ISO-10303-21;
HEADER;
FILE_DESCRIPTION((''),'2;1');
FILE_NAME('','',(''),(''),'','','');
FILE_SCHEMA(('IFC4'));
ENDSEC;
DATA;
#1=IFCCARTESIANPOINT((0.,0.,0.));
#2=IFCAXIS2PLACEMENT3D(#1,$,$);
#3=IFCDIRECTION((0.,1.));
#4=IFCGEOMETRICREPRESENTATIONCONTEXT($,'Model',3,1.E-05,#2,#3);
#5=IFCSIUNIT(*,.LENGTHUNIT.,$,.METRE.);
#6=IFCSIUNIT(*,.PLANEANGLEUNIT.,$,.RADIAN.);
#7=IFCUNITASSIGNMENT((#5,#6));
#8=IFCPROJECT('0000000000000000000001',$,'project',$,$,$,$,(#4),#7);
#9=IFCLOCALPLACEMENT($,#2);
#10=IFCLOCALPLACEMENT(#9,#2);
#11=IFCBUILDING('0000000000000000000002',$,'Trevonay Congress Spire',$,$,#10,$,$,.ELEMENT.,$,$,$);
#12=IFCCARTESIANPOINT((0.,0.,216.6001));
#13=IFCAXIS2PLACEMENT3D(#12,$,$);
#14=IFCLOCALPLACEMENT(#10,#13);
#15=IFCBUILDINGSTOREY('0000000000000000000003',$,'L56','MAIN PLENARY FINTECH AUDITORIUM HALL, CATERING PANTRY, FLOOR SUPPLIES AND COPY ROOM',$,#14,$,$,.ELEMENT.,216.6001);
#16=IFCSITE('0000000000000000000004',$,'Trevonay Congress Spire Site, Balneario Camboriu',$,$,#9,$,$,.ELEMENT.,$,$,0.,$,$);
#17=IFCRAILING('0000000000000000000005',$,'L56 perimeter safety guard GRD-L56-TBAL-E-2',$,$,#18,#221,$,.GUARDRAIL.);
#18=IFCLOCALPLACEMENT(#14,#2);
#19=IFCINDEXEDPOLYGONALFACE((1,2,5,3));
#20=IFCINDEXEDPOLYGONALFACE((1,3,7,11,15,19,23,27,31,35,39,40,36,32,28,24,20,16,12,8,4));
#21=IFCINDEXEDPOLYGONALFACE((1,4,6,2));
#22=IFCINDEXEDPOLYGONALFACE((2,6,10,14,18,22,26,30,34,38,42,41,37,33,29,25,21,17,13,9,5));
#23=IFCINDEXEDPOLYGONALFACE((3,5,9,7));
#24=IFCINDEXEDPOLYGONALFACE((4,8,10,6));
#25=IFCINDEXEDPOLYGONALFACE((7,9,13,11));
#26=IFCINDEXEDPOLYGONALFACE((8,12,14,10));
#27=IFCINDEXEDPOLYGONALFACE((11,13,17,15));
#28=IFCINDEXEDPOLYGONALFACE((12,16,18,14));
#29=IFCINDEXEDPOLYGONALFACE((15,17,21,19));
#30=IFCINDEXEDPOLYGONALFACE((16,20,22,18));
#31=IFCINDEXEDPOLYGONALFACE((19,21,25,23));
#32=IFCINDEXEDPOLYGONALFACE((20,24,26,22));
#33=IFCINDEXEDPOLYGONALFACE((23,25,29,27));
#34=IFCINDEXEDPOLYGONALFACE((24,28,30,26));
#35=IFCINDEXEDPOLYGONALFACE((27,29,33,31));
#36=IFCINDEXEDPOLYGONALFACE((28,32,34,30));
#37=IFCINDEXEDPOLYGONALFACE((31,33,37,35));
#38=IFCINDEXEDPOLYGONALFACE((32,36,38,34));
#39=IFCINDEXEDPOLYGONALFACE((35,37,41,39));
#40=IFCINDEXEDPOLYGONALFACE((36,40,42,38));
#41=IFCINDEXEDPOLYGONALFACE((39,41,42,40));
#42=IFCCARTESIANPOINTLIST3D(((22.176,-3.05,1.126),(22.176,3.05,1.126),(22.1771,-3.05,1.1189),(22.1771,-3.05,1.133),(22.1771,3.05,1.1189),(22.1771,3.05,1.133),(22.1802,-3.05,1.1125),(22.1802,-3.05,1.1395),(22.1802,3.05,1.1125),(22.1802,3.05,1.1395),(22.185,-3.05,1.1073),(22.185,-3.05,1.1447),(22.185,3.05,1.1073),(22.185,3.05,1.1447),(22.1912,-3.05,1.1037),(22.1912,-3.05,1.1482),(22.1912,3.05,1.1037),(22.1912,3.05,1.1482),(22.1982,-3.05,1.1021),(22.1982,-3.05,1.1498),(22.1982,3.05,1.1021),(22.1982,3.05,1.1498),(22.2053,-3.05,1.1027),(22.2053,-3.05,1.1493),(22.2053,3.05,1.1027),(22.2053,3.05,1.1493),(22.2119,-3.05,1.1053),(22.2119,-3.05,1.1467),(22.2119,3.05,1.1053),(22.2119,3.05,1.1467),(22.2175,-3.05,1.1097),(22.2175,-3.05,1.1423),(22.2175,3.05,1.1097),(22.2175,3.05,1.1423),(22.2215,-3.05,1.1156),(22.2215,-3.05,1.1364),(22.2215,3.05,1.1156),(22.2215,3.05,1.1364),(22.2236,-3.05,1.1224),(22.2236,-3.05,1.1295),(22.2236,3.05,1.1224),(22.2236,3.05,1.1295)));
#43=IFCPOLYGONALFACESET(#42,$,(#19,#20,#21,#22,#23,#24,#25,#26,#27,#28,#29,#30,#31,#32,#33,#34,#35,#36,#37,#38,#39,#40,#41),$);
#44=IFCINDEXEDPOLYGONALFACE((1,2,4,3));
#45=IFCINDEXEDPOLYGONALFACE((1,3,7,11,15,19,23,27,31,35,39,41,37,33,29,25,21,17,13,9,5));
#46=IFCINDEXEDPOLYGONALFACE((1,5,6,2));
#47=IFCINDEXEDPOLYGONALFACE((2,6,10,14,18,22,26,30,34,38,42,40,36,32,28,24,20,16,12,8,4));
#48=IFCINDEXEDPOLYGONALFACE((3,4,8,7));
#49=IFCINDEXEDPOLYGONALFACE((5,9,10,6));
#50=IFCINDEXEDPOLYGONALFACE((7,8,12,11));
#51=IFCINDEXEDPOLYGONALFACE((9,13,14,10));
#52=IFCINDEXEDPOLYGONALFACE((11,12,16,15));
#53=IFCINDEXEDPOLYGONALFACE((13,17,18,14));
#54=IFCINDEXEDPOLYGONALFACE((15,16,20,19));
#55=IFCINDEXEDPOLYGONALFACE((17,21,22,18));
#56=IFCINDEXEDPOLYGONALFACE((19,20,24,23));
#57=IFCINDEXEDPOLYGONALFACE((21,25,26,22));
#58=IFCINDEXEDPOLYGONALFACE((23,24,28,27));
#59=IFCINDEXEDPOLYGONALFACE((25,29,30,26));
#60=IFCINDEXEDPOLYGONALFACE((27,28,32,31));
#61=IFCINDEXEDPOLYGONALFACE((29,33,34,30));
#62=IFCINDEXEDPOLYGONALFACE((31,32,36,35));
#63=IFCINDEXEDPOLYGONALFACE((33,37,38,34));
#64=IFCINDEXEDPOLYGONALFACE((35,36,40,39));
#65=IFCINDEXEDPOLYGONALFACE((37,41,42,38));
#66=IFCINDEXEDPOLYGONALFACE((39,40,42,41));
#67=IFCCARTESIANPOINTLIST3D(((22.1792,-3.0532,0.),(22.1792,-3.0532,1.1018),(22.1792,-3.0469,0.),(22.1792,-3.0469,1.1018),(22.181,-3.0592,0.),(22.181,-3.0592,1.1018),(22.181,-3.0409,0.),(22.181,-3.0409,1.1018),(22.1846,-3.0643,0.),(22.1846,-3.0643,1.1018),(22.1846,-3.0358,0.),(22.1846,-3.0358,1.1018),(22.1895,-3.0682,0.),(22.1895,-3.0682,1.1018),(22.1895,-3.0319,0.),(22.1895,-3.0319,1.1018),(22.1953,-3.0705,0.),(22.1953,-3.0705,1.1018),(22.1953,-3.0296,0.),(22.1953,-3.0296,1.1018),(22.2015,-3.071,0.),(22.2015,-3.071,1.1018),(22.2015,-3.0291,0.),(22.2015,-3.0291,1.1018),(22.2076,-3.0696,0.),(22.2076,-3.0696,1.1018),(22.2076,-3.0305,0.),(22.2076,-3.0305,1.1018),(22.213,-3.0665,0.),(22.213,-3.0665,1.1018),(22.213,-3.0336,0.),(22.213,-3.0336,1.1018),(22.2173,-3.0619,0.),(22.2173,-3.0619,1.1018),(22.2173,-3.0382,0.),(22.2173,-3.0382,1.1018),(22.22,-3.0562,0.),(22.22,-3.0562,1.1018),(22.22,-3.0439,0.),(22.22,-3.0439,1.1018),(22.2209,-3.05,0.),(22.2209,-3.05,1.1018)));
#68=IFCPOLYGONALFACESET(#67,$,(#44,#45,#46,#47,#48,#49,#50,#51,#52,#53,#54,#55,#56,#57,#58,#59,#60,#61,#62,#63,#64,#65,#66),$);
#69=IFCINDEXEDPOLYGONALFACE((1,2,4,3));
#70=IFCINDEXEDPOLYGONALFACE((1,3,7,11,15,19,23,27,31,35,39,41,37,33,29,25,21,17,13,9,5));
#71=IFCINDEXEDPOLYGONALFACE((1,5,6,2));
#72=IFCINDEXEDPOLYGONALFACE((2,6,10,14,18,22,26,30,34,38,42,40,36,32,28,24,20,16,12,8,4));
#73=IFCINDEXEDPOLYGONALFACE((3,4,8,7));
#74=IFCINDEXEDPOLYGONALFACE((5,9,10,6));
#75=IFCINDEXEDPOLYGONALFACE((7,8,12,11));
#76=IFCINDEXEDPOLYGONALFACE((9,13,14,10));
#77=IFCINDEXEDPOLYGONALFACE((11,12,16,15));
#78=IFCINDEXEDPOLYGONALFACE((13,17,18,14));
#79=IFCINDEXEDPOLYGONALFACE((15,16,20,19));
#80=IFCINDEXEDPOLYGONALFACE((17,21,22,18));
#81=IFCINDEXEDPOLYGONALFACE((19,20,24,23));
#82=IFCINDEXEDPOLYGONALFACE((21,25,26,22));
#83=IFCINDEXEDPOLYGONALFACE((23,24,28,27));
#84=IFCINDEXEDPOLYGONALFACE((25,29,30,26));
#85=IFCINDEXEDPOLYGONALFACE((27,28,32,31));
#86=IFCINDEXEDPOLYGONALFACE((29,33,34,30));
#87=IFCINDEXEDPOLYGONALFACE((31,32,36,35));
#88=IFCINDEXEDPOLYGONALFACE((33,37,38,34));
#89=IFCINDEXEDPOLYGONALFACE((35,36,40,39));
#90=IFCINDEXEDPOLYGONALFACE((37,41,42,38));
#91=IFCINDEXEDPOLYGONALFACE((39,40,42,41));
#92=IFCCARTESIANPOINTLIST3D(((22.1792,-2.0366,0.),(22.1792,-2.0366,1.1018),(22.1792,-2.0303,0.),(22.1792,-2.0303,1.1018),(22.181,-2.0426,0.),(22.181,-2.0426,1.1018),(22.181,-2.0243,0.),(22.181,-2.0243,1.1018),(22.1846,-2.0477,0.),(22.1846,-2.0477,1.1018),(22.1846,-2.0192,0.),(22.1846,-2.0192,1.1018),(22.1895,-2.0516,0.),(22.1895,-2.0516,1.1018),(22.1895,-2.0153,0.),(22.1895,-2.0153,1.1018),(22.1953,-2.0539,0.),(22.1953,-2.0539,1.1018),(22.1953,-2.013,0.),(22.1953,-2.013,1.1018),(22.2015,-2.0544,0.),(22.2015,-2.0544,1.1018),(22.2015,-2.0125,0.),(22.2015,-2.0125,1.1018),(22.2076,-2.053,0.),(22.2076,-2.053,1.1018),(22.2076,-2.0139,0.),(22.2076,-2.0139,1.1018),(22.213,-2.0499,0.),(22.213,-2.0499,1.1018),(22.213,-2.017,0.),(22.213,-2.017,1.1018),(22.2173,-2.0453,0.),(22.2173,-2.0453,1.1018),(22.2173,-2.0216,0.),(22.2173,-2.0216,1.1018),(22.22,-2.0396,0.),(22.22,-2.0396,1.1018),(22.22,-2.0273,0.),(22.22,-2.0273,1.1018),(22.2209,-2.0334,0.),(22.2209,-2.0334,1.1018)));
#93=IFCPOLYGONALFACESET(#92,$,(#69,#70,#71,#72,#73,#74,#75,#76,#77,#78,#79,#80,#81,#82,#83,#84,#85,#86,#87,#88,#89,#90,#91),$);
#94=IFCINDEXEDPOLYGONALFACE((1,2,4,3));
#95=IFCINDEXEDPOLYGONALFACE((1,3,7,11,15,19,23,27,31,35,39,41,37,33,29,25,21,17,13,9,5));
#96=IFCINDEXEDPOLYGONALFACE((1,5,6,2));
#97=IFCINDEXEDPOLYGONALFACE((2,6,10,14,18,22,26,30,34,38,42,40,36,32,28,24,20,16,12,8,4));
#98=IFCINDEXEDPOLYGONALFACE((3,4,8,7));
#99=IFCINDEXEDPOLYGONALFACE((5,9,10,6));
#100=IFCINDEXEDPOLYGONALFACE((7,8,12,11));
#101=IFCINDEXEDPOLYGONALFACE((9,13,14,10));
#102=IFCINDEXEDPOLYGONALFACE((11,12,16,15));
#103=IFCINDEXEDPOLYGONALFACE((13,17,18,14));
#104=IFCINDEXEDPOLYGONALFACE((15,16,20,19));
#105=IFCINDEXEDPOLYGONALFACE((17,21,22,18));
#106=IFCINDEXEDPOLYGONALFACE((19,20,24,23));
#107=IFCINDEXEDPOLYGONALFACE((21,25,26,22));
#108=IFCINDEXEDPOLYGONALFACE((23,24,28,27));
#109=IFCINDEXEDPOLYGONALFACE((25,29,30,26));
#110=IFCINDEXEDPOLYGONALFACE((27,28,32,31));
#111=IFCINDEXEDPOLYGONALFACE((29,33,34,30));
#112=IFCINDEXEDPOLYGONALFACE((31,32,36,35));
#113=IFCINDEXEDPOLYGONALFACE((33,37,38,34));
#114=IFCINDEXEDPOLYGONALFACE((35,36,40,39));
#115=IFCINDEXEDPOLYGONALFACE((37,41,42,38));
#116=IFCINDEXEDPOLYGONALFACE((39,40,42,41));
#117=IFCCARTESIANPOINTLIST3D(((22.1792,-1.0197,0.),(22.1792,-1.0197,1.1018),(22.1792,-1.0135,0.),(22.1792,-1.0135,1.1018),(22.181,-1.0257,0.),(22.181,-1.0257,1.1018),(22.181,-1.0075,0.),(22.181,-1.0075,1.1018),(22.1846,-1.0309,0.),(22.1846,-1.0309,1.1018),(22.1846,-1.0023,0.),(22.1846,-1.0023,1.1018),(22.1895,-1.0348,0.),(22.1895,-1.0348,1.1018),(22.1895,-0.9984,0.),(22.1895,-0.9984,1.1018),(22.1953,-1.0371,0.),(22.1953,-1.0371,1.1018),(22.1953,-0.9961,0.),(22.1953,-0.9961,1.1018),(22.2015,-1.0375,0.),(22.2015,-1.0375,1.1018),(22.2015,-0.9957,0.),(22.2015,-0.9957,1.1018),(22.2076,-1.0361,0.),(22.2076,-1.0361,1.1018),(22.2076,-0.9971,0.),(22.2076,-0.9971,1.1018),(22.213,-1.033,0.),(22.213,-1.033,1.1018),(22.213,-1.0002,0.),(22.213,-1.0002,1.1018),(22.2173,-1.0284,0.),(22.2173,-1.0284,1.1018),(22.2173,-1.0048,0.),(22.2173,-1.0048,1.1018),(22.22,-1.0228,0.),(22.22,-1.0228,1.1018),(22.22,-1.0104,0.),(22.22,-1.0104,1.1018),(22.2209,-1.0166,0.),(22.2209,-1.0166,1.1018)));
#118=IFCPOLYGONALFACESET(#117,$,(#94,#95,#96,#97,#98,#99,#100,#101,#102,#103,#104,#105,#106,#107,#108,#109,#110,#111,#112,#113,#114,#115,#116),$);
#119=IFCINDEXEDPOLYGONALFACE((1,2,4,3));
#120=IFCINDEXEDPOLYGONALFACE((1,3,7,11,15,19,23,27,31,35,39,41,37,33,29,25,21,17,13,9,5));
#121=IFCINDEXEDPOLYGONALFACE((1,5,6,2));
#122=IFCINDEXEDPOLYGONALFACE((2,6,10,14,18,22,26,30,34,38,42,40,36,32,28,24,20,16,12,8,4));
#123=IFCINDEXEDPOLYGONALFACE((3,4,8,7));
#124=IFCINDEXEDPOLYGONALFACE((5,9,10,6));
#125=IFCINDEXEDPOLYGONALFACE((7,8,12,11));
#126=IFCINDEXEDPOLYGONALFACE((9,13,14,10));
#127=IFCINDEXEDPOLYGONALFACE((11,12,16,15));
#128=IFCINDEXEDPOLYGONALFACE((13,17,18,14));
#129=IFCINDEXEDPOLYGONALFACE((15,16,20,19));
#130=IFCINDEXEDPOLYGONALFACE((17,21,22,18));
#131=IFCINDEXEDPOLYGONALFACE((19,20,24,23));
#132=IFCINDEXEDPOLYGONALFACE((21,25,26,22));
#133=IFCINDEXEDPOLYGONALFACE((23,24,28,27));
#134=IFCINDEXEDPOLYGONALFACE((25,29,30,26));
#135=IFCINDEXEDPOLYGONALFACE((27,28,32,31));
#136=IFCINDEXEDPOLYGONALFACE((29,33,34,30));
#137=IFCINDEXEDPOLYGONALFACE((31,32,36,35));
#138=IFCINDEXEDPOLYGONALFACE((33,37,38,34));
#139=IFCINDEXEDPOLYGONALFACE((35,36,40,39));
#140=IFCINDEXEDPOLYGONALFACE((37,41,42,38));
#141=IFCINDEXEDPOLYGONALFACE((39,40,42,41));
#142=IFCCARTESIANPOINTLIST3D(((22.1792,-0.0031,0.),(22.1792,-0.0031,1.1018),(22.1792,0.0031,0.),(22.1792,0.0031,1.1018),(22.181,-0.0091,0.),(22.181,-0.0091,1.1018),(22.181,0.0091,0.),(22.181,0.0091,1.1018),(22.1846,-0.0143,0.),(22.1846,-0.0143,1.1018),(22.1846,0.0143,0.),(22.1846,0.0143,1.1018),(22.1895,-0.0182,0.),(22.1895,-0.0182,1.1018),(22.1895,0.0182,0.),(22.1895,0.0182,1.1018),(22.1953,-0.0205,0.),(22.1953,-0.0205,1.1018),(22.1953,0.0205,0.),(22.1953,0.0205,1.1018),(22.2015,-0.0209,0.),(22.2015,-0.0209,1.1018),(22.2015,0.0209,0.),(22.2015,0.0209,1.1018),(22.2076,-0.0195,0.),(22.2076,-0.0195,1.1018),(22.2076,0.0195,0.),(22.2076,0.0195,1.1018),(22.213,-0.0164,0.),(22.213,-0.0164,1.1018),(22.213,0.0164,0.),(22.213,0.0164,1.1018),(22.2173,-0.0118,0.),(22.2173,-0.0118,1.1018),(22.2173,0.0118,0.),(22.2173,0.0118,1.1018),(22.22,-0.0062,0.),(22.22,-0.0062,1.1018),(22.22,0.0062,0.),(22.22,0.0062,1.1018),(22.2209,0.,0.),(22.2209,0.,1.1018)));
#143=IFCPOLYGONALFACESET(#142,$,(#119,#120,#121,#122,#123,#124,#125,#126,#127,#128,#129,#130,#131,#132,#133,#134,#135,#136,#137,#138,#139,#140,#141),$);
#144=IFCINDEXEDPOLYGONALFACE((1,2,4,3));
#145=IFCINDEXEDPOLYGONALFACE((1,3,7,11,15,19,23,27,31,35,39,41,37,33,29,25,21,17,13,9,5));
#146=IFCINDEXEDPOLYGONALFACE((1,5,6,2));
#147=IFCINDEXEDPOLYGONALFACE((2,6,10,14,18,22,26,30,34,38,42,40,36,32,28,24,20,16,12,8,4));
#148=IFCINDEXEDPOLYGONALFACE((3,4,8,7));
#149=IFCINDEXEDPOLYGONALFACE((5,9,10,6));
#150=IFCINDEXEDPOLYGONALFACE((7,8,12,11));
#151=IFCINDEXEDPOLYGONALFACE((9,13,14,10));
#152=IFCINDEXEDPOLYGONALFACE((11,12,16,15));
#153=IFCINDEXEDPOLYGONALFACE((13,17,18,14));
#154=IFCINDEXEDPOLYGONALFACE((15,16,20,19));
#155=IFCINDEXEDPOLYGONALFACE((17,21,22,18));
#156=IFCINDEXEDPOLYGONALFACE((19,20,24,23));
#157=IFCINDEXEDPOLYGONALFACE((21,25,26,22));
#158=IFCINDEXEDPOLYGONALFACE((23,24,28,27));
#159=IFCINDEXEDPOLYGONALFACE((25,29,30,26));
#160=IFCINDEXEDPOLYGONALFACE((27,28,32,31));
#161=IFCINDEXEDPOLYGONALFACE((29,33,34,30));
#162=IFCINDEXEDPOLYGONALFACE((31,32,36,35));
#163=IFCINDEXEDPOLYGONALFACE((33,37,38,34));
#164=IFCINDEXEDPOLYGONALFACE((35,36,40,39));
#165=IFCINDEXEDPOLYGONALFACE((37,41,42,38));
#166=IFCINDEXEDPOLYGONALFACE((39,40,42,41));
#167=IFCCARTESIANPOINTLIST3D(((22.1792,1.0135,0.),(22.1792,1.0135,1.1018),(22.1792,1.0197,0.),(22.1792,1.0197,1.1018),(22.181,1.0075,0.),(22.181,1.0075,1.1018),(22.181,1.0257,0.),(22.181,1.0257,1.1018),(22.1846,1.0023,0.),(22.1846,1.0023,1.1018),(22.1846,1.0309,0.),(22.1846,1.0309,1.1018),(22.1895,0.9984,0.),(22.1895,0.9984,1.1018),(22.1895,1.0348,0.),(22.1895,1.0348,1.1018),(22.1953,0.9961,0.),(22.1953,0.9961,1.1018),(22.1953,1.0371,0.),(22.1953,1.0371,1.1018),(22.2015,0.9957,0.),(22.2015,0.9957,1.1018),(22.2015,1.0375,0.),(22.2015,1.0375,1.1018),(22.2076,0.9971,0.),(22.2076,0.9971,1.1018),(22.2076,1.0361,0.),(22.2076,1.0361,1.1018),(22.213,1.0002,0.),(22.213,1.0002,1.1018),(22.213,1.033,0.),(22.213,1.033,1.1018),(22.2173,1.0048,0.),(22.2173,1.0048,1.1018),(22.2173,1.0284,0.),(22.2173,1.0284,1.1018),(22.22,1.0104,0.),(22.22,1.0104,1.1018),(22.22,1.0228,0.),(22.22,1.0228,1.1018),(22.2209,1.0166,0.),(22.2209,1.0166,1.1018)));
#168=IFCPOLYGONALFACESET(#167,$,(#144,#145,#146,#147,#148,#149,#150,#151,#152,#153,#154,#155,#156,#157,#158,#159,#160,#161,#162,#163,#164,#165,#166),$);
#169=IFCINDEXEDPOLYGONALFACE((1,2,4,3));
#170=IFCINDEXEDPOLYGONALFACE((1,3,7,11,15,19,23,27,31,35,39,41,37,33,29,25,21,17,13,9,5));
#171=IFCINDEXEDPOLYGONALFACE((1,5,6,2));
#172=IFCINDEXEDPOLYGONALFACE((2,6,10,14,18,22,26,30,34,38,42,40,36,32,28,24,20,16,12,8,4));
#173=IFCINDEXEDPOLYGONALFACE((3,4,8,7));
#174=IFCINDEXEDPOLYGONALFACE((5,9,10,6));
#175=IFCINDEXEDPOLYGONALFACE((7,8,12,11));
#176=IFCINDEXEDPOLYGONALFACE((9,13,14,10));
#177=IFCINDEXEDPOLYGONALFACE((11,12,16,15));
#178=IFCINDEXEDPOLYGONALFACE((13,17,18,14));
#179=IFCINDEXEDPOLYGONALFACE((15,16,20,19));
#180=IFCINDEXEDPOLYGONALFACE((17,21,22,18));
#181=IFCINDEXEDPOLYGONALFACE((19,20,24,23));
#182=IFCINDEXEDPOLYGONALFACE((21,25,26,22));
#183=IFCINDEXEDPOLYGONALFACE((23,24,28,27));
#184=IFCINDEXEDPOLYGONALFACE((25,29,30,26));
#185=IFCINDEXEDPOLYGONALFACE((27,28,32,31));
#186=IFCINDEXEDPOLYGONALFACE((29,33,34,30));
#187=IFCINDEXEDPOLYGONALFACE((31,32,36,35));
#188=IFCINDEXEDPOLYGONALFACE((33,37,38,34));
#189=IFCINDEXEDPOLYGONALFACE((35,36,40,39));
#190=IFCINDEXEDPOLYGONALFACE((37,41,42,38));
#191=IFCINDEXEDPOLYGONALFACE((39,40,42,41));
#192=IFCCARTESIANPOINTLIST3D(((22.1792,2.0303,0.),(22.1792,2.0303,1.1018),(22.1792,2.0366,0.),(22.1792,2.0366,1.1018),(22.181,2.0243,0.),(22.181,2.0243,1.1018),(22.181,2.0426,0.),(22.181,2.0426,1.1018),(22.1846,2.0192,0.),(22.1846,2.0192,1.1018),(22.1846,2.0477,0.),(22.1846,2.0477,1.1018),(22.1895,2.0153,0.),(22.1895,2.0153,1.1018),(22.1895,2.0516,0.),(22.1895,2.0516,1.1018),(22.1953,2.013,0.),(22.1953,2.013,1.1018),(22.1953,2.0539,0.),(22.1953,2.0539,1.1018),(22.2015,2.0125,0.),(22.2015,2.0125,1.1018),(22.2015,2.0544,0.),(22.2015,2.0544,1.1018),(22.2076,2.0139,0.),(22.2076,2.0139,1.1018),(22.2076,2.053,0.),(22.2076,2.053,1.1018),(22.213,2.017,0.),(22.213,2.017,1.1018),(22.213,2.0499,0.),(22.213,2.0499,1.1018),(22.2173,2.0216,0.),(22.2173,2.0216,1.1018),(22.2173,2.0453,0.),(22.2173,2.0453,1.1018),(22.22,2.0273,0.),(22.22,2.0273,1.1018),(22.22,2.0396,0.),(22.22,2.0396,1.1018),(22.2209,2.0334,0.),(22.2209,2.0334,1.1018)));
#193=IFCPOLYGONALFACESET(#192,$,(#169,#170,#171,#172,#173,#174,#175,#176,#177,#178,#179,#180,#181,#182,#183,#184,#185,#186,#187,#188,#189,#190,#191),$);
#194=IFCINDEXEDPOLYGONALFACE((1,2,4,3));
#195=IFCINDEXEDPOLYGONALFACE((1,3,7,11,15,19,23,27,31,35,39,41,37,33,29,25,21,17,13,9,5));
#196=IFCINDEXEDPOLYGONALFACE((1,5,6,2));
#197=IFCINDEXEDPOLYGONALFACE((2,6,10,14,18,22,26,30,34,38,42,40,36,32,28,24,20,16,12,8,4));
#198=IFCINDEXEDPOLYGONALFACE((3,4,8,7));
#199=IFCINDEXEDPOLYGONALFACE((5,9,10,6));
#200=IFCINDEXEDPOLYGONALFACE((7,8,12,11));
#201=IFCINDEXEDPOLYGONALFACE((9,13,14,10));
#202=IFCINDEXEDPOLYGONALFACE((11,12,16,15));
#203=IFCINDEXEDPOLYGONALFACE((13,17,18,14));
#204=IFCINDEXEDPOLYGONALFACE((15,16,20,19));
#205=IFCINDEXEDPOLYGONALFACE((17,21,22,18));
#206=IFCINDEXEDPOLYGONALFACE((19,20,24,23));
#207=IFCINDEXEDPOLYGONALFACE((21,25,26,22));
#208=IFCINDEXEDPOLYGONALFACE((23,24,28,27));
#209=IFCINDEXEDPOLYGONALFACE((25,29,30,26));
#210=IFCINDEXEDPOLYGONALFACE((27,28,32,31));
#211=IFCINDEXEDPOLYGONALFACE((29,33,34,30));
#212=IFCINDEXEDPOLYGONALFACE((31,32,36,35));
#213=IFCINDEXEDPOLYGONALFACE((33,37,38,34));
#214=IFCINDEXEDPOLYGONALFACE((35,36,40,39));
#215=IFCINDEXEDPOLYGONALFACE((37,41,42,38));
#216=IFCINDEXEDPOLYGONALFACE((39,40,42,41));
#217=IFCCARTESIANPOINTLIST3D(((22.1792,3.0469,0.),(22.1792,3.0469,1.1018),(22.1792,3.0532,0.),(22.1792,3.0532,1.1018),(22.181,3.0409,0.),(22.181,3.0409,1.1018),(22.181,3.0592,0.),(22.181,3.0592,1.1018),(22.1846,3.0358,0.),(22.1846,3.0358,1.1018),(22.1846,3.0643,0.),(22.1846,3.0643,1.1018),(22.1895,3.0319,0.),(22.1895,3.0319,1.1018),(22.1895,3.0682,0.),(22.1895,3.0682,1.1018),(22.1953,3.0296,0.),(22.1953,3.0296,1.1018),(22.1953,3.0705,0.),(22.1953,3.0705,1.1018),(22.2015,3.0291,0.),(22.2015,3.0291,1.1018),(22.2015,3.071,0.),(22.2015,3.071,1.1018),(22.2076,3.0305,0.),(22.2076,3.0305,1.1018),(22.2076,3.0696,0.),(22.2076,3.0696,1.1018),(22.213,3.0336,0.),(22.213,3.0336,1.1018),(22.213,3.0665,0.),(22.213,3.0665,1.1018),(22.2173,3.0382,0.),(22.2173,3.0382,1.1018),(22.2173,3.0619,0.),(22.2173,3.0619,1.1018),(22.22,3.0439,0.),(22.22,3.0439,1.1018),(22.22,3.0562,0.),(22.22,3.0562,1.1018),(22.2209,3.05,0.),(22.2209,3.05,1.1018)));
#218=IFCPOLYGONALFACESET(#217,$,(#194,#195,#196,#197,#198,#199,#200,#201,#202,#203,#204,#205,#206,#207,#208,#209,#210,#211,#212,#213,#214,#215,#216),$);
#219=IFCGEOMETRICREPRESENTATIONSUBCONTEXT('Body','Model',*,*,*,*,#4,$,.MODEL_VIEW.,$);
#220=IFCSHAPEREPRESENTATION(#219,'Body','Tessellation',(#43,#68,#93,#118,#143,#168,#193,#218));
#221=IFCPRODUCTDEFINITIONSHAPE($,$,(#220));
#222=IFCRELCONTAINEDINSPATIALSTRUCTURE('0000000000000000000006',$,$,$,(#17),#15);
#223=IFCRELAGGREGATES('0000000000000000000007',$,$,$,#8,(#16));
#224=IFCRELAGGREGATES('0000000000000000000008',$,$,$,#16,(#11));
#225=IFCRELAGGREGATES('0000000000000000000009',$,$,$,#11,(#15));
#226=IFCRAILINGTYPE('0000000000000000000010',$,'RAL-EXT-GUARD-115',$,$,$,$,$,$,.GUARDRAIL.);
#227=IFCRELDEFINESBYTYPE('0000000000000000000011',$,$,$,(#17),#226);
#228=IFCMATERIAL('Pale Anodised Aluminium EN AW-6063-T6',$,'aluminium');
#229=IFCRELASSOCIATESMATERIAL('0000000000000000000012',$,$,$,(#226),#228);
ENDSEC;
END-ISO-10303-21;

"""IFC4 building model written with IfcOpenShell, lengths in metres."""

from ifc_helpers import new_model, si_unit, direction, frame, origin, origin_2d, place, context, subcontext, project, spatial, circle, extrude, material, type_object, element, save


model = new_model("IFC4")

# Units and contexts
model_context = context("Model", 3, precision=1e-05, world=origin(), true_north=direction((0.0, 1.0)))
body_context = subcontext(model_context, "Body", "Model", "MODEL_VIEW")
ifc_project = project(units=[si_unit("LENGTHUNIT", "METRE"), si_unit("PLANEANGLEUNIT", "RADIAN")], contexts=[model_context])

# Site, building, storey
site_placement = place(None, origin())
site = spatial("IfcSite", under=ifc_project, at=site_placement, Name="Trevonay Congress Spire Site, Balneario Camboriu", CompositionType="ELEMENT", RefElevation=0.0)
building_placement = place(site_placement, origin())
building = spatial("IfcBuilding", under=site, at=building_placement, Name="Trevonay Congress Spire", CompositionType="ELEMENT")
storey_placement = place(building_placement, frame((0.0, 0.0, 216.6001)))
storey = spatial("IfcBuildingStorey", under=building, at=storey_placement, Name="L56", Description="MAIN PLENARY FINTECH AUDITORIUM HALL, CATERING PANTRY, FLOOR SUPPLIES AND COPY ROOM", CompositionType="ELEMENT", Elevation=216.6001)

# Shared definitions
ifc_material_1 = material(Name="Pale Anodised Aluminium EN AW-6063-T6", Category="aluminium")

# Railing
railing_type = type_object("IfcRailingType", Name="RAL-EXT-GUARD-115", PredefinedType="GUARDRAIL", material=ifc_material_1)
railing_1_placement = place(storey_placement, frame((22.2, -3.05, 0.0)))
element("IfcRailing", 1, at=railing_1_placement, inside=storey, type_object=railing_type, Name="L56 perimeter safety guard GRD-L56-TBAL-E-2", PredefinedType="GUARDRAIL", context=body_context, shape_type="SweptSolid", body=[
    extrude(circle(Radius=0.0239, at=origin_2d()), frame((0.0, 0.0, 1.126), z_axis=(0.0, 1.0, 0.0), x_axis=(-1.0, 0.0, 0.0)), (0.0, 0.0, 1.0), 6.1001),
    extrude(circle(Radius=0.021, at=origin_2d()), origin(), (0.0, 0.0, 1.0), 1.1018),
    extrude(circle(Radius=0.021, at=origin_2d()), frame((0.0, 1.0166, 0.0)), (0.0, 0.0, 1.0), 1.1018),
    extrude(circle(Radius=0.021, at=origin_2d()), frame((0.0, 2.0334, 0.0)), (0.0, 0.0, 1.0), 1.1018),
    extrude(circle(Radius=0.021, at=origin_2d()), frame((0.0, 3.05, 0.0)), (0.0, 0.0, 1.0), 1.1018),
    extrude(circle(Radius=0.021, at=origin_2d()), frame((0.0, 4.0667, 0.0)), (0.0, 0.0, 1.0), 1.1018),
    extrude(circle(Radius=0.021, at=origin_2d()), frame((0.0, 5.0835, 0.0)), (0.0, 0.0, 1.0), 1.1018),
    extrude(circle(Radius=0.021, at=origin_2d()), frame((0.0, 6.1001, 0.0)), (0.0, 0.0, 1.0), 1.1018),
])

save(model, "model.ifc")
